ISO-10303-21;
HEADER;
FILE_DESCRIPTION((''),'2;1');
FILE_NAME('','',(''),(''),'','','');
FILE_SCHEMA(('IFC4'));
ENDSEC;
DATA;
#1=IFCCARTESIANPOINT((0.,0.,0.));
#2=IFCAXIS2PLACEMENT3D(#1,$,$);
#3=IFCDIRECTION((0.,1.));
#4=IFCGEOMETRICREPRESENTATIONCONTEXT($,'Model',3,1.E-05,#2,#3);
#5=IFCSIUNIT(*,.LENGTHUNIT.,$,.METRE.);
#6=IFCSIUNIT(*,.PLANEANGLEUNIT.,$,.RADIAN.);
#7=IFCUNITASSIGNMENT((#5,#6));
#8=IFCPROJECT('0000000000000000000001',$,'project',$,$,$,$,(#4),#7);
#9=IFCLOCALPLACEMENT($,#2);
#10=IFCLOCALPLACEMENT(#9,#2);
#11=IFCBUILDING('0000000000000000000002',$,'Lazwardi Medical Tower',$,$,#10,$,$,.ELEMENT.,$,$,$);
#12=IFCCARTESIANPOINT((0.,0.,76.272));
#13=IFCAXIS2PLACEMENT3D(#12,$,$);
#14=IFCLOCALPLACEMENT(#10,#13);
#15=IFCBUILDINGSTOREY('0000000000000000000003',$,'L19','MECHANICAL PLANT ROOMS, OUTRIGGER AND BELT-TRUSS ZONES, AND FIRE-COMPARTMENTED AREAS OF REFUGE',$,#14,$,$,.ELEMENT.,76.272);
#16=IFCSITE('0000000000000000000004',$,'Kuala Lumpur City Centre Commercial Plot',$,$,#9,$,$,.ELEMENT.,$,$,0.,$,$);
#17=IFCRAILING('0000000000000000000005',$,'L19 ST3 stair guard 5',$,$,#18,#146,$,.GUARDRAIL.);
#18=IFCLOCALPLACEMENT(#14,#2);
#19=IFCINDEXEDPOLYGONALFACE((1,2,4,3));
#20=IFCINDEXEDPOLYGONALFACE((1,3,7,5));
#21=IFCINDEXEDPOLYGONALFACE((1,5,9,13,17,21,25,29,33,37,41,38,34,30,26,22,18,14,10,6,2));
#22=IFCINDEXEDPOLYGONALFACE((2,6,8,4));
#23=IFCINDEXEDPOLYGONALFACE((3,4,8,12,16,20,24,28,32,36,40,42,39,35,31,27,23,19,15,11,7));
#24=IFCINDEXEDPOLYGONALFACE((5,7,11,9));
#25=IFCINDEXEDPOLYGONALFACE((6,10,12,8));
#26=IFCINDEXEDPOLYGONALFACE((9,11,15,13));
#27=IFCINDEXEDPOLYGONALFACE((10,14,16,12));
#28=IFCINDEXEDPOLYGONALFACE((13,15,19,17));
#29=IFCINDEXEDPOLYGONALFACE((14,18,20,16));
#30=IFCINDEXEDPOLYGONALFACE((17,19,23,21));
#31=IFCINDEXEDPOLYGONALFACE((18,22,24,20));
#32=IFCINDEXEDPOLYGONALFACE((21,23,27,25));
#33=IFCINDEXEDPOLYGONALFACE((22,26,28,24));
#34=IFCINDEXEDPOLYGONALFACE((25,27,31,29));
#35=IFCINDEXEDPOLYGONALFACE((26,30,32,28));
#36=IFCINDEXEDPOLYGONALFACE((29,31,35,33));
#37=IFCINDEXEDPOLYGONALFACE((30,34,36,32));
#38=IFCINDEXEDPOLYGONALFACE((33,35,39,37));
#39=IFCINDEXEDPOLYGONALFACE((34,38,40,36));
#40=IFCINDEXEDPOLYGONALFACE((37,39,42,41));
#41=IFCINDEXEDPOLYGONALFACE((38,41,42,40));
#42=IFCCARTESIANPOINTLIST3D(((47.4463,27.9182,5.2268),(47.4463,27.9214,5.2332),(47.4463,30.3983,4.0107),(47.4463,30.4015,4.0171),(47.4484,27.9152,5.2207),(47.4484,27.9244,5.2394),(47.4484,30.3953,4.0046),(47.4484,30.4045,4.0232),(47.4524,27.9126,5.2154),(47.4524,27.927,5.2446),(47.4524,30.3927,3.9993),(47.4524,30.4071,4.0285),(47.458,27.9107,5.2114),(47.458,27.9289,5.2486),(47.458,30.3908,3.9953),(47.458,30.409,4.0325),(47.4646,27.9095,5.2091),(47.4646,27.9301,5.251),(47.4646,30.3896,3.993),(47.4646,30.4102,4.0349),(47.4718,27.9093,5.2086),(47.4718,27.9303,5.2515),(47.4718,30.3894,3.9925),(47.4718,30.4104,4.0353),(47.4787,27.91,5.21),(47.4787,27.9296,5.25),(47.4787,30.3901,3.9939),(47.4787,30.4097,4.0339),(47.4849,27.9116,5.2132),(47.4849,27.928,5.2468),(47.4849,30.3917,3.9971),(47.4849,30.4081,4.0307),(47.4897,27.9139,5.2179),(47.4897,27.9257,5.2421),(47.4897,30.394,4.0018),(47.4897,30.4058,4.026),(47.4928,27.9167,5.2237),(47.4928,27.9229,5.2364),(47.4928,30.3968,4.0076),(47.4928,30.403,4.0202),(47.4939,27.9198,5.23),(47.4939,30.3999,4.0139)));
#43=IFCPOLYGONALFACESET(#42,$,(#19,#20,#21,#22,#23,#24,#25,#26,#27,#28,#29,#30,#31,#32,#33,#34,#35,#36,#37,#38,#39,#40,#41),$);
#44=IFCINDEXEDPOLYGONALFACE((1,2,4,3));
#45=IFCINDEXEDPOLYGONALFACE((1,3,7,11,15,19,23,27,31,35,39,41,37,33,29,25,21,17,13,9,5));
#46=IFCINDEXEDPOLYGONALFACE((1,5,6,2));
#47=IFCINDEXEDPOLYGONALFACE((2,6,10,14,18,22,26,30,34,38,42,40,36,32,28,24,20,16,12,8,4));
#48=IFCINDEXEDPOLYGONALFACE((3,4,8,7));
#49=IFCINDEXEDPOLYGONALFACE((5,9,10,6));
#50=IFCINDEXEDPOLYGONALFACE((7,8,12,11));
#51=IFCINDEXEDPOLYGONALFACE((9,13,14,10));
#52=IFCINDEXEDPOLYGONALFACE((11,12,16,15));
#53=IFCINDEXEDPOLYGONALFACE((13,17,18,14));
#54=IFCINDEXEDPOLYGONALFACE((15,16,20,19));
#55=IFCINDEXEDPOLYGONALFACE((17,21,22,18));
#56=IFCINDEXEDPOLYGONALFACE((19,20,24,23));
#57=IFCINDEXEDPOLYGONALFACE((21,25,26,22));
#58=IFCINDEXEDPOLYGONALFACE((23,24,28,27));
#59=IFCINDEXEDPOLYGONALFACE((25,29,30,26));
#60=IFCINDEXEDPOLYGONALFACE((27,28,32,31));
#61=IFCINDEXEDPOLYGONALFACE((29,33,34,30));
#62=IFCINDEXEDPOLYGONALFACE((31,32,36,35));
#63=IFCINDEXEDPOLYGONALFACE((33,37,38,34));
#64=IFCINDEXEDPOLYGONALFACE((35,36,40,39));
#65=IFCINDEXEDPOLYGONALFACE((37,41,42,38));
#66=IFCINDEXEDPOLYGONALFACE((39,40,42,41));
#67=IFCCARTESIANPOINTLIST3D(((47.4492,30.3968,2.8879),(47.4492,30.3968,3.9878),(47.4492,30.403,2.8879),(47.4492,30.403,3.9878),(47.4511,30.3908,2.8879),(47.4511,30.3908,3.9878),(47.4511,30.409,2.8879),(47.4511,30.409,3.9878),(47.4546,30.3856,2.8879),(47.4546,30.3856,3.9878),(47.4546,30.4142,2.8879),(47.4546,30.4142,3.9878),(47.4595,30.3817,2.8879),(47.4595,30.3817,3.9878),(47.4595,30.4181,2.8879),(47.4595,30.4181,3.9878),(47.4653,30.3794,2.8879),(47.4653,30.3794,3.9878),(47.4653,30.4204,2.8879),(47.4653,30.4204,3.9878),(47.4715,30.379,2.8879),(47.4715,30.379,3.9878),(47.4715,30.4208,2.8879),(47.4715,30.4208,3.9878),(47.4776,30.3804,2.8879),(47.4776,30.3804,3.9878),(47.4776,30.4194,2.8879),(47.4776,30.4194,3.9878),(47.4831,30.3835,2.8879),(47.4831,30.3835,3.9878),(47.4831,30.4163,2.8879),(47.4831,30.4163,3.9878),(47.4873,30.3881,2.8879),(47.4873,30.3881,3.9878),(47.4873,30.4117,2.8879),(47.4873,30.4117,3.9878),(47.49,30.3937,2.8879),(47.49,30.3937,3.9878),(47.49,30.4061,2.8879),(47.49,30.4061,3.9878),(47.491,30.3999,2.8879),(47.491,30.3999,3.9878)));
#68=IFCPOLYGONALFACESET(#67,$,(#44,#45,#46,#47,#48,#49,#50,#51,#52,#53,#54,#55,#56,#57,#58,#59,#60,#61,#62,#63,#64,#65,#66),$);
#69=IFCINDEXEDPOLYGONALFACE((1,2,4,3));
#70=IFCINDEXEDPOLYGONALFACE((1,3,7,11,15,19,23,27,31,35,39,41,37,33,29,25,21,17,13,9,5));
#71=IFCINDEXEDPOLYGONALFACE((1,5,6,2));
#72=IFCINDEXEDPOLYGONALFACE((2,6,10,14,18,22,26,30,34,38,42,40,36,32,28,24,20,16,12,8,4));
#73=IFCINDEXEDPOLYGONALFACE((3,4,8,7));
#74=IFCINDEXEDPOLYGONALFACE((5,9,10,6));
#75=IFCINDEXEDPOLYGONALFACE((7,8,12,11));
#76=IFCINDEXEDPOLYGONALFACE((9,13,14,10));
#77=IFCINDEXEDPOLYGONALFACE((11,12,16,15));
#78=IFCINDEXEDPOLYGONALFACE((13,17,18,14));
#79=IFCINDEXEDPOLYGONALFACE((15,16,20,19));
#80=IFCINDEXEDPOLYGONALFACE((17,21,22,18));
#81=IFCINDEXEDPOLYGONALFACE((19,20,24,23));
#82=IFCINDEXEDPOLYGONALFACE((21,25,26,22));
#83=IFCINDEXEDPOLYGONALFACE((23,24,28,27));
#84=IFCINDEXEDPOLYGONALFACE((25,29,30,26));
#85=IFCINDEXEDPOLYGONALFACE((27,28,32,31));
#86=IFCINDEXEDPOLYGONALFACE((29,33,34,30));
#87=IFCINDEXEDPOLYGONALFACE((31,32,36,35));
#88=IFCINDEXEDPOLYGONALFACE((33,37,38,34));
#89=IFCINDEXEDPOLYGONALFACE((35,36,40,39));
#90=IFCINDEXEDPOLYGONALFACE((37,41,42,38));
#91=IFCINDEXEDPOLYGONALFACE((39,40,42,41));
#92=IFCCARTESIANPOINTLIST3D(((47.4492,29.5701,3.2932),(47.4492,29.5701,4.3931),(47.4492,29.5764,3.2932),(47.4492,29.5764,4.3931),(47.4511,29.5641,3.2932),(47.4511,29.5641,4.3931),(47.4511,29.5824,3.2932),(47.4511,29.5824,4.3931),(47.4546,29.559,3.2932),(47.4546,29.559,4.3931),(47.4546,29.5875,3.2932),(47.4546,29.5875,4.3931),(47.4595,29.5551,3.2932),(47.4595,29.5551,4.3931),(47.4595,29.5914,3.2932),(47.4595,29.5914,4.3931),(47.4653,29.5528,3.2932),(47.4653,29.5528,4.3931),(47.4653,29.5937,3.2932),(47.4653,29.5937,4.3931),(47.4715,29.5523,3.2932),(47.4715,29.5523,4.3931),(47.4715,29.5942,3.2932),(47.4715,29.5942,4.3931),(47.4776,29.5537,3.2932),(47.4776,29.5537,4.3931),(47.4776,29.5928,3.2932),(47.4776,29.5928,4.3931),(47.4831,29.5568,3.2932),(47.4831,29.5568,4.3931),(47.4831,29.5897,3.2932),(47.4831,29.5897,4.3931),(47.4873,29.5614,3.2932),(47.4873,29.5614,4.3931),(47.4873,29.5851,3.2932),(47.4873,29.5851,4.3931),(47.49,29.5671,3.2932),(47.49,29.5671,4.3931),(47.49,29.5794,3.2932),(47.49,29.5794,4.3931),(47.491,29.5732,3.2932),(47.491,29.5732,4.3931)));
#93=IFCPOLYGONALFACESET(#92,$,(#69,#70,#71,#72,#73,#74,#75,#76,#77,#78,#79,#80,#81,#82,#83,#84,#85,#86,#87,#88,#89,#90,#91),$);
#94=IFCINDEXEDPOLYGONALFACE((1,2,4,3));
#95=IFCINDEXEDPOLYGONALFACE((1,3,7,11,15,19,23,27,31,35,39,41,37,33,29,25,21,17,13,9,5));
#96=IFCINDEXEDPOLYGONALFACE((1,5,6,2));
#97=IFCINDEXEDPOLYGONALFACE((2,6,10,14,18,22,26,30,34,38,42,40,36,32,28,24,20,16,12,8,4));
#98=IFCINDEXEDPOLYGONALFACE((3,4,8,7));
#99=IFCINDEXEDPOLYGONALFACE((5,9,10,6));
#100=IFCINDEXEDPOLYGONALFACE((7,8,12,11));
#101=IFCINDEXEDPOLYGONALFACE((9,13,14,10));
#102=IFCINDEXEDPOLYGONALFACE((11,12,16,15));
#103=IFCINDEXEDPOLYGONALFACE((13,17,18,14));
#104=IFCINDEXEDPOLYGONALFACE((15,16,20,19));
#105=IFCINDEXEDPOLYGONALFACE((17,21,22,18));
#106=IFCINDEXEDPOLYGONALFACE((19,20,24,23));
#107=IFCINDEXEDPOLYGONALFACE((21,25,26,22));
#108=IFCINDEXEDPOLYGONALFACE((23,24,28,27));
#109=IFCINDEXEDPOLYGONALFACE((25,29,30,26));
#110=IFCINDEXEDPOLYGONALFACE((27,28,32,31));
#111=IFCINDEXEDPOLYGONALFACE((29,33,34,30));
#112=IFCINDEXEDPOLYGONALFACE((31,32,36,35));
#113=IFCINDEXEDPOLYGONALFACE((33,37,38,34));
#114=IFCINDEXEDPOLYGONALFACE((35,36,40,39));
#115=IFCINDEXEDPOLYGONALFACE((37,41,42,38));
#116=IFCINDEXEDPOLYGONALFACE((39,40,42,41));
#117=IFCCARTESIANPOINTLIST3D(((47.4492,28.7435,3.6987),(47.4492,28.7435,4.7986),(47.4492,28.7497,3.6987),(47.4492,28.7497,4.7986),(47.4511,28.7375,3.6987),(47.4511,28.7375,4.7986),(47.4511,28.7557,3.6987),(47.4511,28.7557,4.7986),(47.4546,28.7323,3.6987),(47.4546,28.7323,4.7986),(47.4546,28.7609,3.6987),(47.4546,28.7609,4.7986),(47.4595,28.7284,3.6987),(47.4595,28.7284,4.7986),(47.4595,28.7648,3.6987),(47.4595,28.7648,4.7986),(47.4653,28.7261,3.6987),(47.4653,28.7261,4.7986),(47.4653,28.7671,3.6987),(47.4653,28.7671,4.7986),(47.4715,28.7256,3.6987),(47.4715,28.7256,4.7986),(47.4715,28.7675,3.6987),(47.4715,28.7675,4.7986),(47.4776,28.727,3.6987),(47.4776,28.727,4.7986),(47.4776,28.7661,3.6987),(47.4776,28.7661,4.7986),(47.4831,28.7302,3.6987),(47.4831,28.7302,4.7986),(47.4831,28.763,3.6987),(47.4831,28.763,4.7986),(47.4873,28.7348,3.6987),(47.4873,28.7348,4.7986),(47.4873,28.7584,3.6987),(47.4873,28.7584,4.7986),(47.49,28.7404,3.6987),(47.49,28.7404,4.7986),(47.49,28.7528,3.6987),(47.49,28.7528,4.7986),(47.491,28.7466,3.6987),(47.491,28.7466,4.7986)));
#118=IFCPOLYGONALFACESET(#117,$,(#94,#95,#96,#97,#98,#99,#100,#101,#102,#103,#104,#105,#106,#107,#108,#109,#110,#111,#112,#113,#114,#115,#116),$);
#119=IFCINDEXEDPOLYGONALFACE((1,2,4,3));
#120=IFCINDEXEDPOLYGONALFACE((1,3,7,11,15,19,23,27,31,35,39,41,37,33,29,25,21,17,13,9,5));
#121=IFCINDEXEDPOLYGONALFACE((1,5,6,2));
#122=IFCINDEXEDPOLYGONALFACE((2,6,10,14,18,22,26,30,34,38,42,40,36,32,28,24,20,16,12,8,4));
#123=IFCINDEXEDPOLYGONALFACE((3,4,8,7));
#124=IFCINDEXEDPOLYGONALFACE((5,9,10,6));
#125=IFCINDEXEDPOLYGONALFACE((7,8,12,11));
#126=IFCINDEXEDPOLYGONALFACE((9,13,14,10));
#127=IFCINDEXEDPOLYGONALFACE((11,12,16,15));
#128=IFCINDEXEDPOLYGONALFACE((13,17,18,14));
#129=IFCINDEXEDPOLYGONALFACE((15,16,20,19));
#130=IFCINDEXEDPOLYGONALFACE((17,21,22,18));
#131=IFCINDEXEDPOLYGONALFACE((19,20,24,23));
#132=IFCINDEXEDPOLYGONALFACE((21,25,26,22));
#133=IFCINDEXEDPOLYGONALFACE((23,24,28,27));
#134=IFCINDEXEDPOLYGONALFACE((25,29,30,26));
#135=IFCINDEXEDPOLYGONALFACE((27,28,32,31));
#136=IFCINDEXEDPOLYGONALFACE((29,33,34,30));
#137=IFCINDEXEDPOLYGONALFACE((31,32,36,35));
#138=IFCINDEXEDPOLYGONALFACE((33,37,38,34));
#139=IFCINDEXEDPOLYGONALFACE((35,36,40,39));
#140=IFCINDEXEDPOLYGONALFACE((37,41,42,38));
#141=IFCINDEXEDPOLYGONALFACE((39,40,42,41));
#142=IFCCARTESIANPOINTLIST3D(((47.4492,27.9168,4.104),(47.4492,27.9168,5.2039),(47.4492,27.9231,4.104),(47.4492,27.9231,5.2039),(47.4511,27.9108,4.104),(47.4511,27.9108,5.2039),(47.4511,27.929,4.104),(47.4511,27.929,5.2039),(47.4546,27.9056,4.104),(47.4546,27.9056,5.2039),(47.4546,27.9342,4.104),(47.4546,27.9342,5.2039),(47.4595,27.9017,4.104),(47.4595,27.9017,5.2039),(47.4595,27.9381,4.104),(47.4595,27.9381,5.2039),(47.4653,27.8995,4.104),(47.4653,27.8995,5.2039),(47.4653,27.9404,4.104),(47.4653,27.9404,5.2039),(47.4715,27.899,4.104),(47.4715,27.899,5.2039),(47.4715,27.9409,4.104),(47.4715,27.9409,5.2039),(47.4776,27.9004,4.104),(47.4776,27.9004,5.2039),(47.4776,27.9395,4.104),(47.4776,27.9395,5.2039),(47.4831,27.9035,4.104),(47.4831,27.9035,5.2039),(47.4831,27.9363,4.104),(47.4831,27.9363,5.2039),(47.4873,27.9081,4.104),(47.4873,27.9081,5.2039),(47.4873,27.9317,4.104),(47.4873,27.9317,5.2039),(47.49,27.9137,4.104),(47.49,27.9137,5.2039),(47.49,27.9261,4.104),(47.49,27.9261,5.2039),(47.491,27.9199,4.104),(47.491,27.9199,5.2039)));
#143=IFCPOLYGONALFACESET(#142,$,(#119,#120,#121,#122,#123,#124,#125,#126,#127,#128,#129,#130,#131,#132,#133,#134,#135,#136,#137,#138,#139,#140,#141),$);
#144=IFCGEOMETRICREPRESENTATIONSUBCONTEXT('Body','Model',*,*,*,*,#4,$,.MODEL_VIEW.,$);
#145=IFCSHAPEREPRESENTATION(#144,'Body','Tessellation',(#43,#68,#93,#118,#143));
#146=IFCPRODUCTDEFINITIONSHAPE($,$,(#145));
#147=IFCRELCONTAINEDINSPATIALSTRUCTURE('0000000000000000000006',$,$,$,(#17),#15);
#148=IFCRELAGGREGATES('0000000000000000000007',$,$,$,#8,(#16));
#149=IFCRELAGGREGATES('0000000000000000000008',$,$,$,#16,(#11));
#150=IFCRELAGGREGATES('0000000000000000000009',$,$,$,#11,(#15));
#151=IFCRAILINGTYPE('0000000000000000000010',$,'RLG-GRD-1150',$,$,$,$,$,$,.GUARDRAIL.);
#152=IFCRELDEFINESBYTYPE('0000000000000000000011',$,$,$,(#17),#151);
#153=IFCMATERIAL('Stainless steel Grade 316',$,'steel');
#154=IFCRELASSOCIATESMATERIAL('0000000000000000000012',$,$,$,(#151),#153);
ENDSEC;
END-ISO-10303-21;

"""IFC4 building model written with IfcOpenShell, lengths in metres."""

from ifc_helpers import new_model, si_unit, direction, frame, origin, origin_2d, place, context, subcontext, project, spatial, circle, extrude, material, type_object, element, save


model = new_model("IFC4")

# Units and contexts
model_context = context("Model", 3, precision=1e-05, world=origin(), true_north=direction((0.0, 1.0)))
body_context = subcontext(model_context, "Body", "Model", "MODEL_VIEW")
ifc_project = project(units=[si_unit("LENGTHUNIT", "METRE"), si_unit("PLANEANGLEUNIT", "RADIAN")], contexts=[model_context])

# Site, building, storey
site_placement = place(None, origin())
site = spatial("IfcSite", under=ifc_project, at=site_placement, Name="Kuala Lumpur City Centre Commercial Plot", CompositionType="ELEMENT", RefElevation=0.0)
building_placement = place(site_placement, origin())
building = spatial("IfcBuilding", under=site, at=building_placement, Name="Lazwardi Medical Tower", CompositionType="ELEMENT")
storey_placement = place(building_placement, frame((0.0, 0.0, 76.272)))
storey = spatial("IfcBuildingStorey", under=building, at=storey_placement, Name="L19", Description="MECHANICAL PLANT ROOMS, OUTRIGGER AND BELT-TRUSS ZONES, AND FIRE-COMPARTMENTED AREAS OF REFUGE", CompositionType="ELEMENT", Elevation=76.272)

# Railing
ifc_material_1 = material(Name="Stainless steel Grade 316", Category="steel")
railing_type_1 = type_object("IfcRailingType", Name="RLG-GRD-1150", PredefinedType="GUARDRAIL", material=ifc_material_1)
railing_1_placement = place(storey_placement, frame((47.47, 30.3999, 2.8879)))
element("IfcRailing", 1, at=railing_1_placement, inside=storey, type_object=railing_type_1, Name="L19 ST3 stair guard 5", PredefinedType="GUARDRAIL", context=body_context, shape_type="SweptSolid", body=[
    extrude(circle(Radius=0.0239, at=origin_2d()), frame((0.0, 0.0, 1.126), z_axis=(0.0, -0.897865, 0.44027), x_axis=(1.0, 0.0, 0.0)), (0.0, 0.0, 1.0), 2.7622),
    extrude(circle(Radius=0.021, at=origin_2d()), origin(), (0.0, 0.0, 1.0), 1.0999),
    extrude(circle(Radius=0.021, at=origin_2d()), frame((0.0, -0.8267, 0.4053)), (0.0, 0.0, 1.0), 1.0999),
    extrude(circle(Radius=0.021, at=origin_2d()), frame((0.0, -1.6533, 0.8108)), (0.0, 0.0, 1.0), 1.0999),
    extrude(circle(Radius=0.021, at=origin_2d()), frame((0.0, -2.48, 1.2161)), (0.0, 0.0, 1.0), 1.0999),
])

save(model, "model.ifc")
